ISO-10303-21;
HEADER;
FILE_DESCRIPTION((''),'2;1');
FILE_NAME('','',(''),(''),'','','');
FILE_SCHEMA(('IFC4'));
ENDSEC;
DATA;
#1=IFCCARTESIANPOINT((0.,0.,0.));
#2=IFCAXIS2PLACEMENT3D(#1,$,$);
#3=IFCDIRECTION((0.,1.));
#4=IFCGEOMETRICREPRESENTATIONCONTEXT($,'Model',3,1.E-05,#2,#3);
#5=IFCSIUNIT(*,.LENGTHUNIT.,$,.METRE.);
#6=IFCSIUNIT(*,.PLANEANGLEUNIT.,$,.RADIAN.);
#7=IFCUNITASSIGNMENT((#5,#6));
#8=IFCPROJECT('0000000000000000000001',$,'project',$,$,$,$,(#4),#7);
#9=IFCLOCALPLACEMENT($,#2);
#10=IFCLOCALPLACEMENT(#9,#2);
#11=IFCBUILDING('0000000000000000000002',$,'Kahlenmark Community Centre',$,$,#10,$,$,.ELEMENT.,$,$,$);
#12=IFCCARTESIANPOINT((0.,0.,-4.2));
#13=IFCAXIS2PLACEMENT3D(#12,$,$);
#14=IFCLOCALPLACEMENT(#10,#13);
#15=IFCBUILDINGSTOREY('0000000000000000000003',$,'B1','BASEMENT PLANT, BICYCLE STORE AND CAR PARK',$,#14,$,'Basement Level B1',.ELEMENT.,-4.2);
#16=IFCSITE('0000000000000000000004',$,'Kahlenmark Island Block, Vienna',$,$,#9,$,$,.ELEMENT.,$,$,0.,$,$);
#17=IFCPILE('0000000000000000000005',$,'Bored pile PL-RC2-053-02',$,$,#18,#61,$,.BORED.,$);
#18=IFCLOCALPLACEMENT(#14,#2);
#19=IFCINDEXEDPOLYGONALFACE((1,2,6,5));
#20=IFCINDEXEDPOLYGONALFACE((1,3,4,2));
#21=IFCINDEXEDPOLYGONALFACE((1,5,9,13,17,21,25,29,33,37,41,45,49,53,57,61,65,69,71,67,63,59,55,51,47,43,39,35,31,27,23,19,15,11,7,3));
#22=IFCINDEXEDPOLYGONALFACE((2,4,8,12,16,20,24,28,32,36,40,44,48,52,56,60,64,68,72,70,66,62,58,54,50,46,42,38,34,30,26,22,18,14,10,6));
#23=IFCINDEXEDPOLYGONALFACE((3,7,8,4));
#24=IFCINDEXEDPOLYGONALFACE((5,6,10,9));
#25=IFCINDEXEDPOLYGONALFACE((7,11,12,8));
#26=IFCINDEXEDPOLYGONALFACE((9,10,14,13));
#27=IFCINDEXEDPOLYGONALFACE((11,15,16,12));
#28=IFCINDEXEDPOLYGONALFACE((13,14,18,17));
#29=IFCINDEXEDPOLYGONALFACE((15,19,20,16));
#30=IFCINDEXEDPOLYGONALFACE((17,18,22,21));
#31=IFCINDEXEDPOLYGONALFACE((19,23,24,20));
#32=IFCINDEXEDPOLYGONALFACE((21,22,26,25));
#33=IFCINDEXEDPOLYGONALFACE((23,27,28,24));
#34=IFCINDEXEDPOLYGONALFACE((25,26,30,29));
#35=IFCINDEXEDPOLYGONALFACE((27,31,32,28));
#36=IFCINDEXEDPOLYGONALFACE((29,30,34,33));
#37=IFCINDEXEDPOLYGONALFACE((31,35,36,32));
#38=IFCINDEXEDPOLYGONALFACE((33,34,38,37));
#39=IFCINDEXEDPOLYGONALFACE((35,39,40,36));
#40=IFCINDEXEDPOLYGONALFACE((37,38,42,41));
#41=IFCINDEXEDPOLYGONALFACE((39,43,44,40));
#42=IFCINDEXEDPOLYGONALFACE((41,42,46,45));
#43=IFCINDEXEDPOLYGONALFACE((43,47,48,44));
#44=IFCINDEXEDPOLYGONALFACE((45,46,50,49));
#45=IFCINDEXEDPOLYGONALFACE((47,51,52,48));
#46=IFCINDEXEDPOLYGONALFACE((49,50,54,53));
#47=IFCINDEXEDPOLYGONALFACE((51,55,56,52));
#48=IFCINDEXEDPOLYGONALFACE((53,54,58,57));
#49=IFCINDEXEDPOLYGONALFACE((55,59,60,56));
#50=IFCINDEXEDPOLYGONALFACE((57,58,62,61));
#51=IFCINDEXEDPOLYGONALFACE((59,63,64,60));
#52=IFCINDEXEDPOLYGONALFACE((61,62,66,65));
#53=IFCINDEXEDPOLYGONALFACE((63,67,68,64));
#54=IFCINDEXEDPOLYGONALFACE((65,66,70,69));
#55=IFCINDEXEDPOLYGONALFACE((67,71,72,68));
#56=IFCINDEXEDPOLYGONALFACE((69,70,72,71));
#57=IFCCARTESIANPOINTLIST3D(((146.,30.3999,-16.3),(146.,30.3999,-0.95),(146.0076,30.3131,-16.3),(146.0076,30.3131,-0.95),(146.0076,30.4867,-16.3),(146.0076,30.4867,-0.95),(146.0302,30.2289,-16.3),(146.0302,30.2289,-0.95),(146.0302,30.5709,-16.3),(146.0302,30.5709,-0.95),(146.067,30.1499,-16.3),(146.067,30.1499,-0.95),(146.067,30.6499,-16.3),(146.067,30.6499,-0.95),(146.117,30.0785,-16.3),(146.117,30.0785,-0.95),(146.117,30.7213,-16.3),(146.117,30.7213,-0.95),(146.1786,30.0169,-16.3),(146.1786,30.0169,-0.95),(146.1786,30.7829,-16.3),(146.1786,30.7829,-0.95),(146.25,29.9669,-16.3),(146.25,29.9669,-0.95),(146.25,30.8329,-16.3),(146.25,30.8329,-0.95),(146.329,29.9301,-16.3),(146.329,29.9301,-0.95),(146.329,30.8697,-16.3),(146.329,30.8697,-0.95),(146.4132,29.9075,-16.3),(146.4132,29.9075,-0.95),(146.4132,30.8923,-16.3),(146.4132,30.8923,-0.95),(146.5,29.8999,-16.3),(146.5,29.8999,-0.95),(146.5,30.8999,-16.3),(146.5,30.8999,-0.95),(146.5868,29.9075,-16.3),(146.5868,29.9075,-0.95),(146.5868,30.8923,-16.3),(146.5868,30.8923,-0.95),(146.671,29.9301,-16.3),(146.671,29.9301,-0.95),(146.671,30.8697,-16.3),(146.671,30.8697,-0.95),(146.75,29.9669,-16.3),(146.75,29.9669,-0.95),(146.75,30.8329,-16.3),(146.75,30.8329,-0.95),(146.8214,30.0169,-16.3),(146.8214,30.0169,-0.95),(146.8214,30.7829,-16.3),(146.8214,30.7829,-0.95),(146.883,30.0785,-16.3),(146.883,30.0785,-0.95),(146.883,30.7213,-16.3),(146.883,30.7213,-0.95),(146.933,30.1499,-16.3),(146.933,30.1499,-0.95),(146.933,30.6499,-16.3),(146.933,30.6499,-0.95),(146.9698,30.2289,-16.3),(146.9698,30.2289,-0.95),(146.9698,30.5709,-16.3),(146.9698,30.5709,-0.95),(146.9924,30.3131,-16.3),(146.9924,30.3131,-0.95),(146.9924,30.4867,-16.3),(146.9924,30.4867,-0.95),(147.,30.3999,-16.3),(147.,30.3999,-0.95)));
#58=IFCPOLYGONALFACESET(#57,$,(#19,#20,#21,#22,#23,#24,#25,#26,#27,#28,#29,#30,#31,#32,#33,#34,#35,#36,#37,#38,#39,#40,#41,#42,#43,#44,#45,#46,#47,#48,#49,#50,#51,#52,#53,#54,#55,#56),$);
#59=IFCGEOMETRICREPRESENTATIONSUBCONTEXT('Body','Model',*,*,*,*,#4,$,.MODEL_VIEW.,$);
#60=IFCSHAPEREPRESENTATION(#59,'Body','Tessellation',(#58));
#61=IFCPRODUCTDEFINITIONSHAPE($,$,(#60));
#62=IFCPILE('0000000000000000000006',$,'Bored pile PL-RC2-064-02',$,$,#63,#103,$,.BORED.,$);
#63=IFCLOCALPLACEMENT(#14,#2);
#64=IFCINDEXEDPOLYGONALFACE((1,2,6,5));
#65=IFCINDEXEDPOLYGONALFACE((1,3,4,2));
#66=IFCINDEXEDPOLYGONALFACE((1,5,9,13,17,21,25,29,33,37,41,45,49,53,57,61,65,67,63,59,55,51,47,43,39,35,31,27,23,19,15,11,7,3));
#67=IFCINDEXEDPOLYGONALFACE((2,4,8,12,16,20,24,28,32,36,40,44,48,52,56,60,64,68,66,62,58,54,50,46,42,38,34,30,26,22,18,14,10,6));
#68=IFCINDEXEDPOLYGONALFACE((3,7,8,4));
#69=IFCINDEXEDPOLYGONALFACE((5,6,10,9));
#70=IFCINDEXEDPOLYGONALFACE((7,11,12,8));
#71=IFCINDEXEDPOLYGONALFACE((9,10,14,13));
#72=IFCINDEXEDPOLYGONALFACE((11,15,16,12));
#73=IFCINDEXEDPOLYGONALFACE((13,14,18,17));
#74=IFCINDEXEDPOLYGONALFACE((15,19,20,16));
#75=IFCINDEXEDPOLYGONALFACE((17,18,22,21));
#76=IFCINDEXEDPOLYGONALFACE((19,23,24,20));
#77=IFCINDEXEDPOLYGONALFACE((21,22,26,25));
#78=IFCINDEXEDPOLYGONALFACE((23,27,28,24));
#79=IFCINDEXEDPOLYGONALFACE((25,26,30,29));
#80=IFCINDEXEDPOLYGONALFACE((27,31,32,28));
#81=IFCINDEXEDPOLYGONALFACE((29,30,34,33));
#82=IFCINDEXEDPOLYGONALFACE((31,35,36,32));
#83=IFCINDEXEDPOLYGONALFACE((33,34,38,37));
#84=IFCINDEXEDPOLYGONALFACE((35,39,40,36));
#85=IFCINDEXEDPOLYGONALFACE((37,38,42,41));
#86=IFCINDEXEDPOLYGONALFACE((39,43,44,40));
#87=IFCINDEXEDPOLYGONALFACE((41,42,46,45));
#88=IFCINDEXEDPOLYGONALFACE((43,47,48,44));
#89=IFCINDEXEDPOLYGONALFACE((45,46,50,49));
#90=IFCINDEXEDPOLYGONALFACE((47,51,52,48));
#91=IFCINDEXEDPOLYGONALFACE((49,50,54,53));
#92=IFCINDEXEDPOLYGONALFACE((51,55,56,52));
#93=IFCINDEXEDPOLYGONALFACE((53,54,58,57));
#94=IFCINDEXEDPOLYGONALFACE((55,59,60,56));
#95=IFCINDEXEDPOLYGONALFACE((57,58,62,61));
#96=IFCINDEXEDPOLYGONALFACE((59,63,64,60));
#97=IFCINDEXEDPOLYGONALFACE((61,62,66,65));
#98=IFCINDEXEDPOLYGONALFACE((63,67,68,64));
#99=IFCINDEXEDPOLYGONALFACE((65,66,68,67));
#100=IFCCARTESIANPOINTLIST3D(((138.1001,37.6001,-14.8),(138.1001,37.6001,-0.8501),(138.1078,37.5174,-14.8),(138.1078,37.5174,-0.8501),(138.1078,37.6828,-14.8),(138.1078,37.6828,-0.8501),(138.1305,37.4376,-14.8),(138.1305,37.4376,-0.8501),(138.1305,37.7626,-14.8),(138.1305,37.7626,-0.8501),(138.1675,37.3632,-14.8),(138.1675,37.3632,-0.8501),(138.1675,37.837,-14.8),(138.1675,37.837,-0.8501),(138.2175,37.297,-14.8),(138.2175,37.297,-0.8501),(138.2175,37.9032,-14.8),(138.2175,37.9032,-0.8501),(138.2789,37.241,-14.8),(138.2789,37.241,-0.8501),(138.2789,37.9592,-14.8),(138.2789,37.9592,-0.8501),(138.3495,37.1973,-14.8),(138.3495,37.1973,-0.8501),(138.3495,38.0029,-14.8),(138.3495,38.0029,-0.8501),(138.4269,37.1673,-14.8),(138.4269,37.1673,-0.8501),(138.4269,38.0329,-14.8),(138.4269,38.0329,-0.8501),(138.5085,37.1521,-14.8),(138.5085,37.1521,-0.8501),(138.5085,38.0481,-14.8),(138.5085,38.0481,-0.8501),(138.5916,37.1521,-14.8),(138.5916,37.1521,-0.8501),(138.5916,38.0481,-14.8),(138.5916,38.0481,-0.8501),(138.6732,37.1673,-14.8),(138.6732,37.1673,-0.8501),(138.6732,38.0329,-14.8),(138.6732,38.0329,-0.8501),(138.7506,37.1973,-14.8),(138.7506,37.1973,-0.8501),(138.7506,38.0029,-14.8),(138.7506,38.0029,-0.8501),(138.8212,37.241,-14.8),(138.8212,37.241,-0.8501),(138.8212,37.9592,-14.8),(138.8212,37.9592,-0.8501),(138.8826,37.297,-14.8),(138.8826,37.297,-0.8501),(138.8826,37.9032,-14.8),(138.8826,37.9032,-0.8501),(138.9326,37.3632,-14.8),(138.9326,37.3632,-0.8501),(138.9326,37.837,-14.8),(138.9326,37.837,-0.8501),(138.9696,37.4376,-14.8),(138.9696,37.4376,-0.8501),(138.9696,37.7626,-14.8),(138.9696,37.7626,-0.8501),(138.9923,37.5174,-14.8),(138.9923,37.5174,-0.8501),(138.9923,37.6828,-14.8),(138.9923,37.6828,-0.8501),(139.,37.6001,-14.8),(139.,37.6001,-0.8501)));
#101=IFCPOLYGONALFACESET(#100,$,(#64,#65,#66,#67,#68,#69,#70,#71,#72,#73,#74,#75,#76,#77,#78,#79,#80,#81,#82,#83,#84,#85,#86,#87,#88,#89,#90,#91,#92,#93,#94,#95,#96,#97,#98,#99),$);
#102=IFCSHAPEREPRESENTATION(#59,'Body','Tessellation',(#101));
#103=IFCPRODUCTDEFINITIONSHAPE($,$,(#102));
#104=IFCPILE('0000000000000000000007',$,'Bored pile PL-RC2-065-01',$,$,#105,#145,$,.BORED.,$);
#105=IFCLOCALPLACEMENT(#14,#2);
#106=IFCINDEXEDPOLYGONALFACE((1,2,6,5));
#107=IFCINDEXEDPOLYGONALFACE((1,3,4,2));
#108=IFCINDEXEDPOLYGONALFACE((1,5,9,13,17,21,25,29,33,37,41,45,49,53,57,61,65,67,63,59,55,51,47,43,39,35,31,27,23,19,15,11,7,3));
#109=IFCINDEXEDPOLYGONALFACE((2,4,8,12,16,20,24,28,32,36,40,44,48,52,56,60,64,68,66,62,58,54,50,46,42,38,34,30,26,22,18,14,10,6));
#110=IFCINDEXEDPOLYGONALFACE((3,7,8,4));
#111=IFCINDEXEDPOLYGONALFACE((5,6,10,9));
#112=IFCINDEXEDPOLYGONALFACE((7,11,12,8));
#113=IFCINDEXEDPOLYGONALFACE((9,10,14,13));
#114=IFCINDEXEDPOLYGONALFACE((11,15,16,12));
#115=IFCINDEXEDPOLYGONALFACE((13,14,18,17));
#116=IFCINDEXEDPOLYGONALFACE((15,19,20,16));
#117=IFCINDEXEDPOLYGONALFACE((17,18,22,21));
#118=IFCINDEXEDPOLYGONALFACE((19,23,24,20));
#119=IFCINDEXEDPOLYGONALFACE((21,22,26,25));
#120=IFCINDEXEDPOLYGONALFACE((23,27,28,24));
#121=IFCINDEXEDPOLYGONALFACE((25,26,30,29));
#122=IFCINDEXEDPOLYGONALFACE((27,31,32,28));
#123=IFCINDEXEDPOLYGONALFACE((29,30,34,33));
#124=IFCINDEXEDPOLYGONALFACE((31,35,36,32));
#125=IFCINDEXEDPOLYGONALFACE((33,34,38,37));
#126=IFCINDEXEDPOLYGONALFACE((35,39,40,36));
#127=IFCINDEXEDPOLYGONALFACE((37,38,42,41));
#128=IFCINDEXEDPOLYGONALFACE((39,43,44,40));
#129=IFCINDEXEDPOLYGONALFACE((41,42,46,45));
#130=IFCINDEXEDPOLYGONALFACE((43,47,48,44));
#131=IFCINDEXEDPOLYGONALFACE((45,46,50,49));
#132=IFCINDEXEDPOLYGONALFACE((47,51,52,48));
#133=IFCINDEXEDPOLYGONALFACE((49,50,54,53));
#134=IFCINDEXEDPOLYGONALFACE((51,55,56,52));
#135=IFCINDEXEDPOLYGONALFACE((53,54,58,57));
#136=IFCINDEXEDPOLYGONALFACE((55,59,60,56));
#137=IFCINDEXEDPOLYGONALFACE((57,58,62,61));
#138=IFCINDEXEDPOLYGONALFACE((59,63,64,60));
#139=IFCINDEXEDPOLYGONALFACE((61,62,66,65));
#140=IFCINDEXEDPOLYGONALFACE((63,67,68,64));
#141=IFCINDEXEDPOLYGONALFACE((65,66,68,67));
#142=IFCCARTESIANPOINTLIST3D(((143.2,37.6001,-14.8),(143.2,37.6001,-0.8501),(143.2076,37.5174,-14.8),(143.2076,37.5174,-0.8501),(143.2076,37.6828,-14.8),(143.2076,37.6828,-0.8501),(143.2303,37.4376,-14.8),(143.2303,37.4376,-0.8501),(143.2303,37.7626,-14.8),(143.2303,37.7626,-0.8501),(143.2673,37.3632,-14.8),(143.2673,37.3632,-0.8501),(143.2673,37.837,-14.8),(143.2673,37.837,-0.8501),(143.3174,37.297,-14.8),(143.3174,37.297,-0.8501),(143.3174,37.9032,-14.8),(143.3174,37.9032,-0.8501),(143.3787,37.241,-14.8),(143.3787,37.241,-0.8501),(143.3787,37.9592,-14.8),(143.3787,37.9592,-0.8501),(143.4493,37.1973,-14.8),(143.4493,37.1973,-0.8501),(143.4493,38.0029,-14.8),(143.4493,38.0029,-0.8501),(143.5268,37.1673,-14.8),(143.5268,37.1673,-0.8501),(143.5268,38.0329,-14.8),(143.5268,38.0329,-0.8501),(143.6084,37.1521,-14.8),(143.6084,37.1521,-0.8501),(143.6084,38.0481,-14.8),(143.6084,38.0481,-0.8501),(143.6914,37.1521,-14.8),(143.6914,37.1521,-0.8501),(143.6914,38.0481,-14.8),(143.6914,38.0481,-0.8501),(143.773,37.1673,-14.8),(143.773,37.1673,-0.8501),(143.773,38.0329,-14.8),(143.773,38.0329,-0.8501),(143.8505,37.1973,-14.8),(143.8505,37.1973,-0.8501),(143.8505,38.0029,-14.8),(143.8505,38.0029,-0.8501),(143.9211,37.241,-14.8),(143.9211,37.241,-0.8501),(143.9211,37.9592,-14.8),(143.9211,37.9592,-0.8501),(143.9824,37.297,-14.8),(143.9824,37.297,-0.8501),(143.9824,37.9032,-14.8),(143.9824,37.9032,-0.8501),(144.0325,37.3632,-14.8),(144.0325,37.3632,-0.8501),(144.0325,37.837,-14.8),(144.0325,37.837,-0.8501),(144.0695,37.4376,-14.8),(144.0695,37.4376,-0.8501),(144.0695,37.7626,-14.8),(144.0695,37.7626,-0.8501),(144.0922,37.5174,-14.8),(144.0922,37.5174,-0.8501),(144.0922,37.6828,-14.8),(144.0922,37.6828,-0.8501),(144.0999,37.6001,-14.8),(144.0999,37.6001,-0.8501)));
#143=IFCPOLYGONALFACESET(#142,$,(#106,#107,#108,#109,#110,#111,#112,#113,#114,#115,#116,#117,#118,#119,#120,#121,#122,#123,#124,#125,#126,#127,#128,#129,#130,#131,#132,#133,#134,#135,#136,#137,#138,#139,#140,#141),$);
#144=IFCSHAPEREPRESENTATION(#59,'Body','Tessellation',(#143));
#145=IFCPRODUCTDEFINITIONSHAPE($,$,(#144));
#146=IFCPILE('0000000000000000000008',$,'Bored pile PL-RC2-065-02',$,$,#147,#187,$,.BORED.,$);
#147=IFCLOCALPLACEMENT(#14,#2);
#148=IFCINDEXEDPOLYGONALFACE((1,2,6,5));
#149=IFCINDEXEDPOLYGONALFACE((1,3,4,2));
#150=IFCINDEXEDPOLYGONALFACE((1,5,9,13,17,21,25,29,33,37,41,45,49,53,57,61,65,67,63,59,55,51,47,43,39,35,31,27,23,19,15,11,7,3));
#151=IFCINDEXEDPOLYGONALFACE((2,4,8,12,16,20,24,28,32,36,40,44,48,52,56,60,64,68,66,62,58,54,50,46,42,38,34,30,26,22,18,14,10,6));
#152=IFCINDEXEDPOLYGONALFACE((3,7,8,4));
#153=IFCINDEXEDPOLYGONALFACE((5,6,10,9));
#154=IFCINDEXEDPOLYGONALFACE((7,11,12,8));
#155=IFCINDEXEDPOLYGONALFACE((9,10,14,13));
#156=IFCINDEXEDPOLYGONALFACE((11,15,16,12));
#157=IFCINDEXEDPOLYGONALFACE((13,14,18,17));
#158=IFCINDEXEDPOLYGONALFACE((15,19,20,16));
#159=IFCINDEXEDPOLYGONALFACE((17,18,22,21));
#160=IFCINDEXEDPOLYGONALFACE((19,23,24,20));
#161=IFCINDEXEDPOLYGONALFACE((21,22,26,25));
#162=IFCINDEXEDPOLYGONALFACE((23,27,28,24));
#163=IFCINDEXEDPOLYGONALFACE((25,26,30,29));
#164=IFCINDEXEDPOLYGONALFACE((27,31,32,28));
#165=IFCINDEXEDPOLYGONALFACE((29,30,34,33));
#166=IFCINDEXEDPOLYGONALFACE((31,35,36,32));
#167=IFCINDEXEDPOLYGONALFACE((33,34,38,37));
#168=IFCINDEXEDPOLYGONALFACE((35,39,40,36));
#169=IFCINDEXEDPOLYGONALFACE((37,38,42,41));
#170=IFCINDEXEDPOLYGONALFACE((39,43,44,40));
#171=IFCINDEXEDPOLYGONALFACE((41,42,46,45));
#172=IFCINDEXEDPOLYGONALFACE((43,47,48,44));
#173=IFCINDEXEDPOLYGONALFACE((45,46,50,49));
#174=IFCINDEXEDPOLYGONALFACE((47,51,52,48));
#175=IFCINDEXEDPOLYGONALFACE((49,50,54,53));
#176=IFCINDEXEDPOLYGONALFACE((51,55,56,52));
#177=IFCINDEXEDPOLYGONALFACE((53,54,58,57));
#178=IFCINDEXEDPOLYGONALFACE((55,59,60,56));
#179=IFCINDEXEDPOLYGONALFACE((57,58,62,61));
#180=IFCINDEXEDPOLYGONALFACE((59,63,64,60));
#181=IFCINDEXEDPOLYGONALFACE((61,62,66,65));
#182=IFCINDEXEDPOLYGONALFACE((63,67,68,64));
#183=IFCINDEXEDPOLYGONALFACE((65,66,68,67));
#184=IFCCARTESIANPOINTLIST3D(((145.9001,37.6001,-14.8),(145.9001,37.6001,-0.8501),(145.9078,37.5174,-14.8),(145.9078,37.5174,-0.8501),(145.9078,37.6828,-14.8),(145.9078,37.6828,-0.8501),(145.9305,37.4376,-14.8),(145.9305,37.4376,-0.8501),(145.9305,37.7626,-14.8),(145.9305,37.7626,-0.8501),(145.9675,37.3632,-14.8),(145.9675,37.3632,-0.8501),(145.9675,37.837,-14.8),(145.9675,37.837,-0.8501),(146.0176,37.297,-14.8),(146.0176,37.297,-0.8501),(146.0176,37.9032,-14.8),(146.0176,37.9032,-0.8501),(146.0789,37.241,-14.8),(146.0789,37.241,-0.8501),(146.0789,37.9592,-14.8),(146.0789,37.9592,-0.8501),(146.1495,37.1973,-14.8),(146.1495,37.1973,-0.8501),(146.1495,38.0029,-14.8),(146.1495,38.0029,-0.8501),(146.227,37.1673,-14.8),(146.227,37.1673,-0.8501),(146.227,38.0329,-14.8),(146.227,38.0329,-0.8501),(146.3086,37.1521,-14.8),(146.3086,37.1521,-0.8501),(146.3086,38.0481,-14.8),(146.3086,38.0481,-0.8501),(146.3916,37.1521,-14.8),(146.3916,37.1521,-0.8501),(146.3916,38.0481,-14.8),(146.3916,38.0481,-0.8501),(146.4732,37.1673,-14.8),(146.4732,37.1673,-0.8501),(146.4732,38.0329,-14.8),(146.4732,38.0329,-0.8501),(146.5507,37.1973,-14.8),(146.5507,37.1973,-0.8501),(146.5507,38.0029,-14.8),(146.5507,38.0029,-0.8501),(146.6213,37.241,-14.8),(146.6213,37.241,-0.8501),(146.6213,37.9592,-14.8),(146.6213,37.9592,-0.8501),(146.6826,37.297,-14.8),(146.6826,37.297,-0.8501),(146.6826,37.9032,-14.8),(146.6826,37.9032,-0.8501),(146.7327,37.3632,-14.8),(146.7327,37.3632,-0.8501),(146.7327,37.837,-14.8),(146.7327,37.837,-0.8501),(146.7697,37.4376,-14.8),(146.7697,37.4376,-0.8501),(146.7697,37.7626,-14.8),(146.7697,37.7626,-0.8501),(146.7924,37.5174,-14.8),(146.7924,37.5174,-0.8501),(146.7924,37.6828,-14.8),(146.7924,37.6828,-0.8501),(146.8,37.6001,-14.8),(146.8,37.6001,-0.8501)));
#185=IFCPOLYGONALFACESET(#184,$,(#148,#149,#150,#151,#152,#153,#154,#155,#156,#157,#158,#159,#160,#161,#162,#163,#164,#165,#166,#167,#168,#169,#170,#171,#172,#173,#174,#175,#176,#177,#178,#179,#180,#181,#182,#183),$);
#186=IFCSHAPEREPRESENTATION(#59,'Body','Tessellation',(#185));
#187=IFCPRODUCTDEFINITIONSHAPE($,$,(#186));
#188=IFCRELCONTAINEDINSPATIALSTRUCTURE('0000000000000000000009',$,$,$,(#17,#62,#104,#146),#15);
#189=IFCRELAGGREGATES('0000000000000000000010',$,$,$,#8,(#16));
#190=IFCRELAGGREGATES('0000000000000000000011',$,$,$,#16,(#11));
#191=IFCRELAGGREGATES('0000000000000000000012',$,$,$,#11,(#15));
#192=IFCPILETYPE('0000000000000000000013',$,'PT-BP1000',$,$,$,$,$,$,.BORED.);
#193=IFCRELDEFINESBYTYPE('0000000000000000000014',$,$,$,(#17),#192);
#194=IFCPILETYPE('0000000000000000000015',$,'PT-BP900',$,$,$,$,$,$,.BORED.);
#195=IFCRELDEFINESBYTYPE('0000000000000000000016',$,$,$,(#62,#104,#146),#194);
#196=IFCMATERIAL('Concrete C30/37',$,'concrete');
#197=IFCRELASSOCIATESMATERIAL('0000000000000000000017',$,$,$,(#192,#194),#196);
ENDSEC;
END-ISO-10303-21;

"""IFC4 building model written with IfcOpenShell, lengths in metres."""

from ifc_helpers import new_model, si_unit, direction, frame, origin, origin_2d, place, context, subcontext, project, spatial, circle, extrude, material, material_profile, profile_set, type_object, element, save


model = new_model("IFC4")

# Units and contexts
model_context = context("Model", 3, precision=1e-05, world=origin(), true_north=direction((0.0, 1.0)))
body_context = subcontext(model_context, "Body", "Model", "MODEL_VIEW")
ifc_project = project(units=[si_unit("LENGTHUNIT", "METRE"), si_unit("PLANEANGLEUNIT", "RADIAN")], contexts=[model_context])

# Site, building, storey
site_placement = place(None, origin())
site = spatial("IfcSite", under=ifc_project, at=site_placement, Name="Kahlenmark Island Block, Vienna", CompositionType="ELEMENT", RefElevation=0.0)
building_placement = place(site_placement, origin())
building = spatial("IfcBuilding", under=site, at=building_placement, Name="Kahlenmark Community Centre", CompositionType="ELEMENT")
storey_placement = place(building_placement, frame((0.0, 0.0, -4.2)))
storey = spatial("IfcBuildingStorey", under=building, at=storey_placement, Name="B1", Description="BASEMENT PLANT, BICYCLE STORE AND CAR PARK", LongName="Basement Level B1", CompositionType="ELEMENT", Elevation=-4.2)

# Shared definitions
ifc_material_1 = material(Name="Concrete C30/37", Category="concrete")

# Piles
ifc_material_profile_1 = material_profile(ifc_material_1, circle(Radius=0.5, at=origin_2d()), Name="BORED PILE 1000")
ifc_profile_set_1 = profile_set([ifc_material_profile_1], Name="Concrete C30/37")
pile_type_1 = type_object("IfcPileType", Name="PT-BP1000", PredefinedType="BORED", material=ifc_profile_set_1)
for number, where, z_axis, x_axis, name in (
    (1, (146.5, 30.3999, -0.95), (0.0, 0.0, -1.0), (1.0, 0.0, 0.0), "Bored pile PL-RC2-053-02"),
):
    element("IfcPile", number, at=place(storey_placement, frame(where, z_axis=z_axis, x_axis=x_axis)), inside=storey, type_object=pile_type_1, Name=name, PredefinedType="BORED", context=body_context, shape_type="SweptSolid", body=[
        extrude(circle(Radius=0.5, at=origin_2d()), origin(), (0.0, 0.0, 1.0), 15.3501),
    ])
ifc_material_profile_2 = material_profile(ifc_material_1, circle(Radius=0.45, at=origin_2d()), Name="BORED PILE 900")
ifc_profile_set_2 = profile_set([ifc_material_profile_2], Name="Concrete C30/37")
pile_type_2 = type_object("IfcPileType", Name="PT-BP900", PredefinedType="BORED", material=ifc_profile_set_2)
for number, where, z_axis, x_axis, name in (
    (2, (138.55, 37.6001, -0.8501), (0.0, 0.0, -1.0), (1.0, 0.0, 0.0), "Bored pile PL-RC2-064-02"),
    (3, (143.6499, 37.6001, -0.8501), (0.0, 0.0, -1.0), (1.0, 0.0, 0.0), "Bored pile PL-RC2-065-01"),
    (4, (146.3501, 37.6001, -0.8501), (0.0, 0.0, -1.0), (1.0, 0.0, 0.0), "Bored pile PL-RC2-065-02"),
):
    element("IfcPile", number, at=place(storey_placement, frame(where, z_axis=z_axis, x_axis=x_axis)), inside=storey, type_object=pile_type_2, Name=name, PredefinedType="BORED", context=body_context, shape_type="SweptSolid", body=[
        extrude(circle(Radius=0.45, at=origin_2d()), origin(), (0.0, 0.0, 1.0), 13.95),
    ])

save(model, "model.ifc")
